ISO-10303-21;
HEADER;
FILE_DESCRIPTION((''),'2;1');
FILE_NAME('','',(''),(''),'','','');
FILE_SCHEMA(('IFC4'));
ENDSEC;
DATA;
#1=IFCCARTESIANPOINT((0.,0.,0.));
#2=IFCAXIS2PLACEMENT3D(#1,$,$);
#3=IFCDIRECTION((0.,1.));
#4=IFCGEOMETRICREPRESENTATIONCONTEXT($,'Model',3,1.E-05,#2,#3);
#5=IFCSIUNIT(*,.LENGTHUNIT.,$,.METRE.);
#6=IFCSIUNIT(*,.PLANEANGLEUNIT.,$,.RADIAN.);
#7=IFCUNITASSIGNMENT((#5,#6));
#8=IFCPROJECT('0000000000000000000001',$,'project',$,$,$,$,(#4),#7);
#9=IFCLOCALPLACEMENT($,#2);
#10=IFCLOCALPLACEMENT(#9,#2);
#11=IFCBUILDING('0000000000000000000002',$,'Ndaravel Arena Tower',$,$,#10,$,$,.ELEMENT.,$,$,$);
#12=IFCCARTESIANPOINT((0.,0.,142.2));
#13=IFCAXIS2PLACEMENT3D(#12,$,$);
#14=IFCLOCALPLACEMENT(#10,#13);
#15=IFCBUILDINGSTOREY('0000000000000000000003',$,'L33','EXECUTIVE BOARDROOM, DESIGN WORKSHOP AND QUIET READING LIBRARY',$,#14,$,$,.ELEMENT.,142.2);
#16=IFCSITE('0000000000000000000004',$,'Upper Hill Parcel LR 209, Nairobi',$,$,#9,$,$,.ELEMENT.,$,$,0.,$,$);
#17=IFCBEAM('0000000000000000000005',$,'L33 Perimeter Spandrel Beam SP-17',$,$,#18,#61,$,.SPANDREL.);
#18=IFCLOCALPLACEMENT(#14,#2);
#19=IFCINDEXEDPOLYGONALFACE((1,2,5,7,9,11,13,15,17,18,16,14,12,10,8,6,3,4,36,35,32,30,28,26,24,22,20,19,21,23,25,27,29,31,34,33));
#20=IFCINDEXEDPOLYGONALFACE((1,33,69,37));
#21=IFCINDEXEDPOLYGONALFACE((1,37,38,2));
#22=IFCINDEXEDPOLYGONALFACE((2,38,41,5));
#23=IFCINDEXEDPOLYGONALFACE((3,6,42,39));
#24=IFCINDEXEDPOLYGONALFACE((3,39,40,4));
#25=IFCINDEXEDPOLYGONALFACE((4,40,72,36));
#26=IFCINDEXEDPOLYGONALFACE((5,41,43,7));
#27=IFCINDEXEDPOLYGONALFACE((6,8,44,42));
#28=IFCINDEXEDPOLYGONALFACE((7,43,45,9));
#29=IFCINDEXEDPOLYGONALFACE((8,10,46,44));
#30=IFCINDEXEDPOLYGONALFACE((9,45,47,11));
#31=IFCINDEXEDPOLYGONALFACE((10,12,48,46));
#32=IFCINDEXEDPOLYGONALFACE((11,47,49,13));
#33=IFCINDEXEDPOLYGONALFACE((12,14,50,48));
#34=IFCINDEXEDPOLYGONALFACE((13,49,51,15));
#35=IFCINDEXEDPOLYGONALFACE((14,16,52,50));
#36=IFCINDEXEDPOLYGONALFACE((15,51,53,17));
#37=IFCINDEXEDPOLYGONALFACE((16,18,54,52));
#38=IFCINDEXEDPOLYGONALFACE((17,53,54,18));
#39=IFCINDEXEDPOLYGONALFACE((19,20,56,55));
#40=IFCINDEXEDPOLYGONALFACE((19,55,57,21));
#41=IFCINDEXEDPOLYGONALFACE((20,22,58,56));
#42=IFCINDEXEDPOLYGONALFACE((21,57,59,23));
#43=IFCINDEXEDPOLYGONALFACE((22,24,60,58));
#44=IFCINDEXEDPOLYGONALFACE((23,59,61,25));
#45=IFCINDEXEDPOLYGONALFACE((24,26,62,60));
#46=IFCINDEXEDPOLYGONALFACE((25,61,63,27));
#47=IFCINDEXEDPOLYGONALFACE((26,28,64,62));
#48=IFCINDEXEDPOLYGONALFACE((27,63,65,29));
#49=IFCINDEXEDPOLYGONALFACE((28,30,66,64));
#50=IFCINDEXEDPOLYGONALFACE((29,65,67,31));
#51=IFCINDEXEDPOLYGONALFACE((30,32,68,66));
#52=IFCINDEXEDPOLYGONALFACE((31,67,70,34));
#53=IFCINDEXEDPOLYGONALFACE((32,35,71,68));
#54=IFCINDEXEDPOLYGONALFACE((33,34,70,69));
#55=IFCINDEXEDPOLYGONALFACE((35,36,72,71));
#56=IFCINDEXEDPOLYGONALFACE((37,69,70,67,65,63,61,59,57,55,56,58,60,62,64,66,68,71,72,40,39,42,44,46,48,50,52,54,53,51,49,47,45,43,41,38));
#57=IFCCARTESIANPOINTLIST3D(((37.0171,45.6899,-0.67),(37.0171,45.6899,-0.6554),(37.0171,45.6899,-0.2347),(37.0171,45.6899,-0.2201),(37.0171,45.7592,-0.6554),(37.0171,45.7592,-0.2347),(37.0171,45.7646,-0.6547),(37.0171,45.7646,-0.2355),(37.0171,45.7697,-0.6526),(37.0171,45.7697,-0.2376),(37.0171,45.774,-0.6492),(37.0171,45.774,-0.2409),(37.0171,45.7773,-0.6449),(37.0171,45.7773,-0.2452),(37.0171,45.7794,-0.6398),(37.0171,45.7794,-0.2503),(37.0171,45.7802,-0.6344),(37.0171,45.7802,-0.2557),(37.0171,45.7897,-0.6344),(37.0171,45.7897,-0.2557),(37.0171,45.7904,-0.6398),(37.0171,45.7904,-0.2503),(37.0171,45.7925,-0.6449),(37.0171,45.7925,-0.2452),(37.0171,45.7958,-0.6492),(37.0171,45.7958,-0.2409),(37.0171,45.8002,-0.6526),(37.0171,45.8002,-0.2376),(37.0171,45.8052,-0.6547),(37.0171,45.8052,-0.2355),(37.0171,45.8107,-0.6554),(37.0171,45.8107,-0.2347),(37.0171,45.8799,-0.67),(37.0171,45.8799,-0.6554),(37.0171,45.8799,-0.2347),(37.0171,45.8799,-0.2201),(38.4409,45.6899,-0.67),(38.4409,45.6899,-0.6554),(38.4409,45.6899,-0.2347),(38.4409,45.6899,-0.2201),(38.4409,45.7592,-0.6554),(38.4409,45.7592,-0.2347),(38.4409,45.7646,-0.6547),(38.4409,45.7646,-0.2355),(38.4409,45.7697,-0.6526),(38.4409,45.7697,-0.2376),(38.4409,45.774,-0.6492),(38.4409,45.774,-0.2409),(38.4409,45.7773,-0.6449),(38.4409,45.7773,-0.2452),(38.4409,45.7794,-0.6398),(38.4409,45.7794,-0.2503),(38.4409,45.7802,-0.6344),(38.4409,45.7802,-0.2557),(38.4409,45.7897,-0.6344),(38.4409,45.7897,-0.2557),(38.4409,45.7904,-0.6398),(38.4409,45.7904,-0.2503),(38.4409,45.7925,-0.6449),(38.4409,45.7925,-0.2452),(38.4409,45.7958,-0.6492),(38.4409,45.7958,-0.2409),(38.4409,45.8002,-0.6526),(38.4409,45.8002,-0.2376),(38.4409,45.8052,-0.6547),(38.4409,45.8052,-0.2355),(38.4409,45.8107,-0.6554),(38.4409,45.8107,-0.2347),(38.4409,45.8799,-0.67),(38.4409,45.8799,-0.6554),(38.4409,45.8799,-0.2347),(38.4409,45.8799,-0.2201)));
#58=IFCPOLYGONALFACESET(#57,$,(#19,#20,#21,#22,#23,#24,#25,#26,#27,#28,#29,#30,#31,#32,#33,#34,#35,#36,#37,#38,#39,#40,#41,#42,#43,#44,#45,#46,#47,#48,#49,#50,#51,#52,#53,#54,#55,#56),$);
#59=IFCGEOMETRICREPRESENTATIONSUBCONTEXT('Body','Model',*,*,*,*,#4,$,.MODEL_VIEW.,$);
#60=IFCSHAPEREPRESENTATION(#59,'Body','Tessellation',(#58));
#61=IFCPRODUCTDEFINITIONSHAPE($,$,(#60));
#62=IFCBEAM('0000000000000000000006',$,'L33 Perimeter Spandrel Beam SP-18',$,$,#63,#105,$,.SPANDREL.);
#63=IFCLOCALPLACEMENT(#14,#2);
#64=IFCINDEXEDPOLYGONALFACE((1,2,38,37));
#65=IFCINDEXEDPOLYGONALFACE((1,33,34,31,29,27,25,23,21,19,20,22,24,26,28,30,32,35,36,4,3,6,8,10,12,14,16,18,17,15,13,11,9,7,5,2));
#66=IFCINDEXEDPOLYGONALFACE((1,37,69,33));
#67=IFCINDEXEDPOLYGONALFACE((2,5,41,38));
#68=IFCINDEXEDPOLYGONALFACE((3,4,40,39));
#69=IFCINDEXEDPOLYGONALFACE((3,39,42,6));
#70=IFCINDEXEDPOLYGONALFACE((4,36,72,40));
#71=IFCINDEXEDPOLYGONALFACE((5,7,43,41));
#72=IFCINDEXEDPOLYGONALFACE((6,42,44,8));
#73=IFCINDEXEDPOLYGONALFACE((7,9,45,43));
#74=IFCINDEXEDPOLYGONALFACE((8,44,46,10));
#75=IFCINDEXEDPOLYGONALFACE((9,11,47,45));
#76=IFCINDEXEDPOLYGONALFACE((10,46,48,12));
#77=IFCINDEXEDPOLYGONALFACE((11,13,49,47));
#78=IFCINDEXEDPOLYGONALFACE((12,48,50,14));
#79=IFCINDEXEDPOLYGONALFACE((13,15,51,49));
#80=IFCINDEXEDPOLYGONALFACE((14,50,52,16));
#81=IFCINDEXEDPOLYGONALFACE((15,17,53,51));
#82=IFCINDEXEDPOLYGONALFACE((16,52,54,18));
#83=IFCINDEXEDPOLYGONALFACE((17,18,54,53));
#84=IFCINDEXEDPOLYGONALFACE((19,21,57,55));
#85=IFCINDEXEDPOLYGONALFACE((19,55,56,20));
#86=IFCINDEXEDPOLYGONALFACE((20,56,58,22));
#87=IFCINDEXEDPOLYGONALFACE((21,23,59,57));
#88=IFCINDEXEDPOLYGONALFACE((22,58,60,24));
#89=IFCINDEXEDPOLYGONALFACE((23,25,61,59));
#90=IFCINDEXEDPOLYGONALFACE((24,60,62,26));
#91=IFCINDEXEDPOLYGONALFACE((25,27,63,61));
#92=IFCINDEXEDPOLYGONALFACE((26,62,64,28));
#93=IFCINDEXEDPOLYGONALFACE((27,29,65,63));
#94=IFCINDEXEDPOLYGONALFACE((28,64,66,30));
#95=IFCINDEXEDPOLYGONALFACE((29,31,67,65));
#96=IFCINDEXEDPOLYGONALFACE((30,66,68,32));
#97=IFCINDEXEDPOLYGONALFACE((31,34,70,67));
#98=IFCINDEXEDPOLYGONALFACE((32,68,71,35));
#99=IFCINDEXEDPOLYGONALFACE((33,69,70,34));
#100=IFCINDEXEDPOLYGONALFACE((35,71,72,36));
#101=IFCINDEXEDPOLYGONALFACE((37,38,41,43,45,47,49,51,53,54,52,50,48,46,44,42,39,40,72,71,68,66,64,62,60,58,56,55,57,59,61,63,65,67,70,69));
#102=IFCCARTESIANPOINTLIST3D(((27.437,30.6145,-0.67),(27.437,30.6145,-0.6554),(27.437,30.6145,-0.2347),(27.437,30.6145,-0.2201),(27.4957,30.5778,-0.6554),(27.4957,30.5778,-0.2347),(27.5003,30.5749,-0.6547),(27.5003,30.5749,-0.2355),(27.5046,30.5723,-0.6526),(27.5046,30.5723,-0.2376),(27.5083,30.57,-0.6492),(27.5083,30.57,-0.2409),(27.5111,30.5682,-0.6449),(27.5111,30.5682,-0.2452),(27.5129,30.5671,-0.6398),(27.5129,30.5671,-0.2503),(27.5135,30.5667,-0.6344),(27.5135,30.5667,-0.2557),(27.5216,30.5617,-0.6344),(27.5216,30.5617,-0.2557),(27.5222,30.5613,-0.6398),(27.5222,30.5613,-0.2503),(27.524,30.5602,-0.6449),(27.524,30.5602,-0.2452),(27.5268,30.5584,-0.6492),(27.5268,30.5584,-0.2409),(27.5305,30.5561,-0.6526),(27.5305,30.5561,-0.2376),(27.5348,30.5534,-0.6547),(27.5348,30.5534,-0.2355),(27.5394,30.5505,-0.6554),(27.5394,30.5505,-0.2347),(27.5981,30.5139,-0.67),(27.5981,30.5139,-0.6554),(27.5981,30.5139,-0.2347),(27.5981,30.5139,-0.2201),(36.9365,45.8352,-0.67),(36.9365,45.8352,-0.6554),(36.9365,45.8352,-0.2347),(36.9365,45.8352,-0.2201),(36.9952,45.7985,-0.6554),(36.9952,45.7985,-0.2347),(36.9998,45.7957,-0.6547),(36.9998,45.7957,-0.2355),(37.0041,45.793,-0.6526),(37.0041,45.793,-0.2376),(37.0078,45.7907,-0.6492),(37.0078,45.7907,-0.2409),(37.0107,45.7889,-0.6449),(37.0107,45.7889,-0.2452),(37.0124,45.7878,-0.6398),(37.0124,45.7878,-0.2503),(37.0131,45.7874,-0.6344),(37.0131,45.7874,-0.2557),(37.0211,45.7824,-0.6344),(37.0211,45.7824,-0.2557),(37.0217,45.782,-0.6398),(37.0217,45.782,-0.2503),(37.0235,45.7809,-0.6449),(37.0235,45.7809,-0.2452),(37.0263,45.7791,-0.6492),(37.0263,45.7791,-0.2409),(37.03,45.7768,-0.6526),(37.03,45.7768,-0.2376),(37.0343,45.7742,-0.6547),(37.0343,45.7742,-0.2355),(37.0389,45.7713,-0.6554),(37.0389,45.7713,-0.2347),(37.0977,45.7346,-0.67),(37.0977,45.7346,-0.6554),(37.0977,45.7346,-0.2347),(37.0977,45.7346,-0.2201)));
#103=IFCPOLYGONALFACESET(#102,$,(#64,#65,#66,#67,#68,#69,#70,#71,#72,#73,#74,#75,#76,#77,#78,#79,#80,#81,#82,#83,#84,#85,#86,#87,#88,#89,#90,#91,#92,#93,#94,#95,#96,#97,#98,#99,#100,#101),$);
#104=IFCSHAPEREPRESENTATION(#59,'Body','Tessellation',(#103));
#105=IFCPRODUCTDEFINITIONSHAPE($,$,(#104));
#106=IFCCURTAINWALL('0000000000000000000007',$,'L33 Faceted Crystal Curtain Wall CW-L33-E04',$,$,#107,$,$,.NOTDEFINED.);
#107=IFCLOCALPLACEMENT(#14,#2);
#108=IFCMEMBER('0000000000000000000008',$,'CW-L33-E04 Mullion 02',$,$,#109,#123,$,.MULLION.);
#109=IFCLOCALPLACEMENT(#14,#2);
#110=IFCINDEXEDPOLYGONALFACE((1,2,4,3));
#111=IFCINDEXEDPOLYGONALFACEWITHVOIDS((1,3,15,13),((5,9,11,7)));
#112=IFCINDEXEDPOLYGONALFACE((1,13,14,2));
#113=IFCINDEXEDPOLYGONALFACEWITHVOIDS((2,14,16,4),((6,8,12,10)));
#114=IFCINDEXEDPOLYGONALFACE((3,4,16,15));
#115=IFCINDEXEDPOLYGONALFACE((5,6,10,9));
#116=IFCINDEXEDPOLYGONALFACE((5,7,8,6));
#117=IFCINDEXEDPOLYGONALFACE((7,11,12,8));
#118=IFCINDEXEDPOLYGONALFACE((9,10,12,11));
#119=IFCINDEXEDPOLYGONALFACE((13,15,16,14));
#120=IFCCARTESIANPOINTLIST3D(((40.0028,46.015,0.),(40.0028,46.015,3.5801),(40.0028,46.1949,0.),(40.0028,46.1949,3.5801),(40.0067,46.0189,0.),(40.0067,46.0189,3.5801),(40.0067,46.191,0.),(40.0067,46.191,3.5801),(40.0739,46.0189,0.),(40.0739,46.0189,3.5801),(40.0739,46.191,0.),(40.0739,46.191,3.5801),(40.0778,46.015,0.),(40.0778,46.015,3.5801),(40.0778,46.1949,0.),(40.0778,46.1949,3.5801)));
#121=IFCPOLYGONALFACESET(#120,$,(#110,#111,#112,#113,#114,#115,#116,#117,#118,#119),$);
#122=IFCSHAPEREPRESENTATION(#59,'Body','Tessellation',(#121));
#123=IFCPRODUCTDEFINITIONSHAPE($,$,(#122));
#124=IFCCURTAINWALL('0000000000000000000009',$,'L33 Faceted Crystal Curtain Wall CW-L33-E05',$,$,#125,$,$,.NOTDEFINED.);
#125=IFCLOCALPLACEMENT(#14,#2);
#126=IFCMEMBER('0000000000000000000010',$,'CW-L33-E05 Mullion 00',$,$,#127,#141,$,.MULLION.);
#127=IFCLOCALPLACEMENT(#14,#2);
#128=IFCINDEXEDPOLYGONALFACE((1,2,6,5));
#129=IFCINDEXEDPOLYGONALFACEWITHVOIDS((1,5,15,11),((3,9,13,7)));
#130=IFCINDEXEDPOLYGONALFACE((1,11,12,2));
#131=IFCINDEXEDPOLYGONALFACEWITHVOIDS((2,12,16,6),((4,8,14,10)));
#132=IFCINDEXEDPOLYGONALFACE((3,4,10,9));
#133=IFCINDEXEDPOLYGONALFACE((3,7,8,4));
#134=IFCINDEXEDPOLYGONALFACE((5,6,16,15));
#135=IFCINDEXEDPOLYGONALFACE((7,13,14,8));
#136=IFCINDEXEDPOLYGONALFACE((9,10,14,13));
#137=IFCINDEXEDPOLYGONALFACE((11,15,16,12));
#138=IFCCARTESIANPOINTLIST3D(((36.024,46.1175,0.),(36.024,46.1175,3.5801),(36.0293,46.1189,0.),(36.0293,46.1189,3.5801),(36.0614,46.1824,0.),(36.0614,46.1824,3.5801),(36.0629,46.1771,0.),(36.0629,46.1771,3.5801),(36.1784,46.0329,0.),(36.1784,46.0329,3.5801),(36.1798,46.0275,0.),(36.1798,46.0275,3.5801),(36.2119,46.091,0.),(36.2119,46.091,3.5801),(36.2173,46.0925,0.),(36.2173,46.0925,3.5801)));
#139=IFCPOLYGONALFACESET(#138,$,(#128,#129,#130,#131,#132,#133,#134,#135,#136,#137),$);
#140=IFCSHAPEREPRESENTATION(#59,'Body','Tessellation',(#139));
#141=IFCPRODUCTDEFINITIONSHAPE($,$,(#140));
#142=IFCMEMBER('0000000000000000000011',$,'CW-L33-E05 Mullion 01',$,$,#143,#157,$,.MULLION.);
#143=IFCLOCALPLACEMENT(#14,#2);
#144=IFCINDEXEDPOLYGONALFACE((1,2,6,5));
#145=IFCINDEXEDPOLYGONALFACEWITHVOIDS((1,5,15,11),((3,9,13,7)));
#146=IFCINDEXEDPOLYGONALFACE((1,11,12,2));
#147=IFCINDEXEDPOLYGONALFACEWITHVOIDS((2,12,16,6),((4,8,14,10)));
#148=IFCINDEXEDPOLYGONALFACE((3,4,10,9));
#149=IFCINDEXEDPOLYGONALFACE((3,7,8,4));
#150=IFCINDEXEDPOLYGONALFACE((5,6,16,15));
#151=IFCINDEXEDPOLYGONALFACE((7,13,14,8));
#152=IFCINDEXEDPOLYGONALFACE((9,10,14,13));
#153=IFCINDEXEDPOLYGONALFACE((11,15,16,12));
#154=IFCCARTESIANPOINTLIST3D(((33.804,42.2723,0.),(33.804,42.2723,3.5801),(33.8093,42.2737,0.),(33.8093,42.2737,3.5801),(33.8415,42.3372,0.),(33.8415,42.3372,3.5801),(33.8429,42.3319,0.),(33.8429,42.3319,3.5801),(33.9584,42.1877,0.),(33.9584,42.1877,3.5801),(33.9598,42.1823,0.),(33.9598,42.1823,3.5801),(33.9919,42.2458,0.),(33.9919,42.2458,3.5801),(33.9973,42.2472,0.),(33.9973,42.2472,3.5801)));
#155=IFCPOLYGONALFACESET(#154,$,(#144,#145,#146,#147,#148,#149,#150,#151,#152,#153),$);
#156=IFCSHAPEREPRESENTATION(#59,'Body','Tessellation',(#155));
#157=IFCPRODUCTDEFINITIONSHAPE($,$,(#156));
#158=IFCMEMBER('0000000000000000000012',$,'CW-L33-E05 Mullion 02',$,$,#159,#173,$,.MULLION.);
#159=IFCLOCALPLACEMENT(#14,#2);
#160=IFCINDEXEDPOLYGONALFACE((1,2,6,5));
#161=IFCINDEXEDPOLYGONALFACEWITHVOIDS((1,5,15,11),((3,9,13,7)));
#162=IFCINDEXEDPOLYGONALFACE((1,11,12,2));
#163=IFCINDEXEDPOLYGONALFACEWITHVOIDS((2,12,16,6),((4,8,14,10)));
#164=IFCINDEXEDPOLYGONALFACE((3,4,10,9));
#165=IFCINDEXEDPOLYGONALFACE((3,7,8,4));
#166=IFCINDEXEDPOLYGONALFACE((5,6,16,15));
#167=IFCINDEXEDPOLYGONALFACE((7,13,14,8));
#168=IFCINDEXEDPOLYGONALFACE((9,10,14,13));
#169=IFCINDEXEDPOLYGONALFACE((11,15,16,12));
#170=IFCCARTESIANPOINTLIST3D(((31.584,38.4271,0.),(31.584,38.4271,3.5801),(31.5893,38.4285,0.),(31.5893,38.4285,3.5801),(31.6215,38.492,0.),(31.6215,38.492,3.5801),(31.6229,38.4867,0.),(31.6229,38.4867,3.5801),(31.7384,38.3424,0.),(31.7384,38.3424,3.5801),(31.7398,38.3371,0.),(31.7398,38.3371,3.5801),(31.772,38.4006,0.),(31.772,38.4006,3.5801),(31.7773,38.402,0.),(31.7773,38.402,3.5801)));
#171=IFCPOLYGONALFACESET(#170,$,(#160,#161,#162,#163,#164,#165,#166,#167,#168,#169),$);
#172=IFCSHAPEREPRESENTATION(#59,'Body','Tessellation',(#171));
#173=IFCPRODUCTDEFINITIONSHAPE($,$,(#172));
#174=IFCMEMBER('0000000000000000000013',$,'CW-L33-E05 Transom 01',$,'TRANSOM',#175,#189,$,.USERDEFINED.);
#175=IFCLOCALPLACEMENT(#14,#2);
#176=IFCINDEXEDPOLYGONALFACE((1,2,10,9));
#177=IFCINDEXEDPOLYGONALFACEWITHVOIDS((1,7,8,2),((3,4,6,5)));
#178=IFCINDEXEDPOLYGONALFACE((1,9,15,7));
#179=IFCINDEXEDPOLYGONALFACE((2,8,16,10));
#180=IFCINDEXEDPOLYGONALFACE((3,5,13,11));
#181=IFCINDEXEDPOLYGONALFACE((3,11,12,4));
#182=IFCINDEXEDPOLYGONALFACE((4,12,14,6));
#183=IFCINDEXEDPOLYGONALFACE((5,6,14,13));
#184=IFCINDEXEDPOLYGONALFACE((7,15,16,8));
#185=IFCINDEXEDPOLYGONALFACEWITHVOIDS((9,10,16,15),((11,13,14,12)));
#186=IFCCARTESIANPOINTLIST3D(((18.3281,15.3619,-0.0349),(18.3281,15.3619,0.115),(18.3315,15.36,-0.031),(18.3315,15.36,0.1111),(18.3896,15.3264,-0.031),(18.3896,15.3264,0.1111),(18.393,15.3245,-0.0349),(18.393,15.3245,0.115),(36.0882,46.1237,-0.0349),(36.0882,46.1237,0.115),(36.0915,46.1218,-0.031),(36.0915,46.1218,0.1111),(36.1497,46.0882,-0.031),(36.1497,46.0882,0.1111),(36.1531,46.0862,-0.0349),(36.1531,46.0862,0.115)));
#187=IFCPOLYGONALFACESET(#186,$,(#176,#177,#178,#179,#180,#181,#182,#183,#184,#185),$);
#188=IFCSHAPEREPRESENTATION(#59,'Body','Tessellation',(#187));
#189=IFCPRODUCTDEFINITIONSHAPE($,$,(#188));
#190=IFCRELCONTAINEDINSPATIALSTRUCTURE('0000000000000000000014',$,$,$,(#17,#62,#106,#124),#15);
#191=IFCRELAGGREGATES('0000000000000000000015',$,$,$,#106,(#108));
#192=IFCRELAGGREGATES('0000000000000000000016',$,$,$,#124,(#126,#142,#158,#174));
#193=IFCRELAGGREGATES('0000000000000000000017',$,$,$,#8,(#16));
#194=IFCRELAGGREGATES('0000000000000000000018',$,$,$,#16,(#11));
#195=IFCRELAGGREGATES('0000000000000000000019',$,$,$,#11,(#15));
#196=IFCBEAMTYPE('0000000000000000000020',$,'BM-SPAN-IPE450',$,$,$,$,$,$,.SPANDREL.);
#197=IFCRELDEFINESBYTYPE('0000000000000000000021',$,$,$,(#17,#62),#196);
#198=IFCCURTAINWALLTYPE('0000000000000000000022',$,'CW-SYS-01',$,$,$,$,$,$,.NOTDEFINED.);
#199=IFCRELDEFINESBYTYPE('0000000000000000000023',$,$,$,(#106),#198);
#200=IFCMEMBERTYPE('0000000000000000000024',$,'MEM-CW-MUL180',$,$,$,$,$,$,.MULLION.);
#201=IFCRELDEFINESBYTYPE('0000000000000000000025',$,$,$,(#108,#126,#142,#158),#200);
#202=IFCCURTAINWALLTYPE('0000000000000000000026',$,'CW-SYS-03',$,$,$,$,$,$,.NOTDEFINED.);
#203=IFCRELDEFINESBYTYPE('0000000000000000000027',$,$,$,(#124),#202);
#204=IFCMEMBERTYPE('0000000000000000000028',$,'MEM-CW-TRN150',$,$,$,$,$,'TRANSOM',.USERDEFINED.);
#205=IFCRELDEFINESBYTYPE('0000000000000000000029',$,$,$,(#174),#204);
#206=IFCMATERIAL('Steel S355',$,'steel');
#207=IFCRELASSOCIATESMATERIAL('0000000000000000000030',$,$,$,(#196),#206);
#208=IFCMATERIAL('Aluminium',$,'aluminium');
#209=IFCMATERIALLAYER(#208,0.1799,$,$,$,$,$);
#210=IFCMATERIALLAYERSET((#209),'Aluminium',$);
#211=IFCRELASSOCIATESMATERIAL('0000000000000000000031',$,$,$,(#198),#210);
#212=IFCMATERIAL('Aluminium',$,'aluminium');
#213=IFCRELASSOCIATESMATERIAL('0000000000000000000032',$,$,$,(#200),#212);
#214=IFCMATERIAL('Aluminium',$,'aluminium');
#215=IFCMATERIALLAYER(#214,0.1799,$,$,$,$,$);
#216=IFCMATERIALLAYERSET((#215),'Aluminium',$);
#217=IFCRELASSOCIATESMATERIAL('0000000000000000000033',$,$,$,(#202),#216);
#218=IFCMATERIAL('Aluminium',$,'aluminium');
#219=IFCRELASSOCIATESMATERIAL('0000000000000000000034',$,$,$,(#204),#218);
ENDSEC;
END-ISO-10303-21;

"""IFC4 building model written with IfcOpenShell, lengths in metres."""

from ifc_helpers import new_model, si_unit, direction, frame, origin, origin_2d, place, context, subcontext, project, spatial, hollow_rectangle, i_section, extrude, material, layer, layer_set, material_profile, profile_set, type_object, element, aggregate, save


model = new_model("IFC4")

# Units and contexts
model_context = context("Model", 3, precision=1e-05, world=origin(), true_north=direction((0.0, 1.0)))
body_context = subcontext(model_context, "Body", "Model", "MODEL_VIEW")
ifc_project = project(units=[si_unit("LENGTHUNIT", "METRE"), si_unit("PLANEANGLEUNIT", "RADIAN")], contexts=[model_context])

# Site, building, storey
site_placement = place(None, origin())
site = spatial("IfcSite", under=ifc_project, at=site_placement, Name="Upper Hill Parcel LR 209, Nairobi", CompositionType="ELEMENT", RefElevation=0.0)
building_placement = place(site_placement, origin())
building = spatial("IfcBuilding", under=site, at=building_placement, Name="Ndaravel Arena Tower", CompositionType="ELEMENT")
storey_placement = place(building_placement, frame((0.0, 0.0, 142.2)))
storey = spatial("IfcBuildingStorey", under=building, at=storey_placement, Name="L33", Description="EXECUTIVE BOARDROOM, DESIGN WORKSHOP AND QUIET READING LIBRARY", CompositionType="ELEMENT", Elevation=142.2)

# Beams
ifc_material_1 = material(Name="Steel S355", Category="steel")
ifc_material_profile_1 = material_profile(ifc_material_1, i_section(OverallWidth=0.1899, OverallDepth=0.45, WebThickness=0.0095, FlangeThickness=0.0146, FilletRadius=0.021, at=origin_2d()), Name="IPE 450")
ifc_profile_set_1 = profile_set([ifc_material_profile_1], Name="Steel S355")
beam_type_1 = type_object("IfcBeamType", Name="BM-SPAN-IPE450", PredefinedType="SPANDREL", material=ifc_profile_set_1)
beam_1_placement = place(storey_placement, frame((38.4409, 45.7849, -0.4451), z_axis=(-1.0, 0.0, 0.0), x_axis=(0.0, -1.0, 0.0)))
element("IfcBeam", 1, at=beam_1_placement, inside=storey, type_object=beam_type_1, Name="L33 Perimeter Spandrel Beam SP-17", PredefinedType="SPANDREL", context=body_context, shape_type="SweptSolid", body=[
    extrude(i_section(OverallWidth=0.1899, OverallDepth=0.45, WebThickness=0.0095, FlangeThickness=0.0146, FilletRadius=0.021, at=origin_2d()), origin(), (0.0, 0.0, 1.0), 1.4238),
])
beam_2_placement = place(storey_placement, frame((37.0171, 45.7849, -0.4451), z_axis=(-0.529461, -0.848334, 0.0), x_axis=(0.848334, -0.529461, 0.0)))
element("IfcBeam", 2, at=beam_2_placement, inside=storey, type_object=beam_type_1, Name="L33 Perimeter Spandrel Beam SP-18", PredefinedType="SPANDREL", context=body_context, shape_type="SweptSolid", body=[
    extrude(i_section(OverallWidth=0.1899, OverallDepth=0.45, WebThickness=0.0095, FlangeThickness=0.0146, FilletRadius=0.021, at=origin_2d()), origin(), (0.0, 0.0, 1.0), 17.9419),
])

# Curtain wall, member
ifc_material_2 = material(Name="Aluminium", Category="aluminium")
ifc_layer_1 = layer(ifc_material_2, 0.1799)
ifc_layer_set_1 = layer_set([ifc_layer_1], Name="Aluminium")
curtain_wall_type_1 = type_object("IfcCurtainWallType", Name="CW-SYS-01", PredefinedType="NOTDEFINED", material=ifc_layer_set_1)
curtain_wall_1_placement = place(storey_placement, origin())
curtain_wall_1 = element("IfcCurtainWall", 3, at=curtain_wall_1_placement, inside=storey, type_object=curtain_wall_type_1, Name="L33 Faceted Crystal Curtain Wall CW-L33-E04", PredefinedType="NOTDEFINED")
ifc_material_3 = material(Name="Aluminium", Category="aluminium")
ifc_material_profile_2 = material_profile(ifc_material_3, hollow_rectangle(XDim=0.075, YDim=0.1799, WallThickness=0.0039, at=origin_2d()), Name="CW MULLION 75x180x4")
ifc_profile_set_2 = profile_set([ifc_material_profile_2], Name="Aluminium")
member_type_1 = type_object("IfcMemberType", Name="MEM-CW-MUL180", PredefinedType="MULLION", material=ifc_profile_set_2)
member_1_placement = place(storey_placement, frame((40.0403, 46.105, 0.0), z_axis=(0.0, 0.0, 1.0), x_axis=(-1.0, 0.0, 0.0)))
member_1 = element("IfcMember", 4, at=member_1_placement, type_object=member_type_1, Name="CW-L33-E04 Mullion 02", PredefinedType="MULLION", context=body_context, shape_type="SweptSolid", body=[
    extrude(hollow_rectangle(XDim=0.075, YDim=0.1799, WallThickness=0.0039, at=origin_2d()), origin(), (0.0, 0.0, 1.0), 3.5801),
])

# Curtain wall, members
ifc_material_4 = material(Name="Aluminium", Category="aluminium")
ifc_layer_2 = layer(ifc_material_4, 0.1799)
ifc_layer_set_2 = layer_set([ifc_layer_2], Name="Aluminium")
curtain_wall_type_2 = type_object("IfcCurtainWallType", Name="CW-SYS-03", PredefinedType="NOTDEFINED", material=ifc_layer_set_2)
curtain_wall_2_placement = place(storey_placement, origin())
curtain_wall_2 = element("IfcCurtainWall", 5, at=curtain_wall_2_placement, inside=storey, type_object=curtain_wall_type_2, Name="L33 Faceted Crystal Curtain Wall CW-L33-E05", PredefinedType="NOTDEFINED")
member_2_placement = place(storey_placement, frame((36.1206, 46.105, 0.0), z_axis=(0.0, 0.0, 1.0), x_axis=(-0.5, -0.866025, 0.0)))
member_2 = element("IfcMember", 6, at=member_2_placement, type_object=member_type_1, Name="CW-L33-E05 Mullion 00", PredefinedType="MULLION", context=body_context, shape_type="SweptSolid", body=[
    extrude(hollow_rectangle(XDim=0.075, YDim=0.1799, WallThickness=0.0039, at=origin_2d()), origin(), (0.0, 0.0, 1.0), 3.5801),
])
member_3_placement = place(storey_placement, frame((33.9006, 42.2598, 0.0), z_axis=(0.0, 0.0, 1.0), x_axis=(-0.5, -0.866025, 0.0)))
member_3 = element("IfcMember", 7, at=member_3_placement, type_object=member_type_1, Name="CW-L33-E05 Mullion 01", PredefinedType="MULLION", context=body_context, shape_type="SweptSolid", body=[
    extrude(hollow_rectangle(XDim=0.075, YDim=0.1799, WallThickness=0.0039, at=origin_2d()), origin(), (0.0, 0.0, 1.0), 3.5801),
])
member_4_placement = place(storey_placement, frame((31.6807, 38.4146, 0.0), z_axis=(0.0, 0.0, 1.0), x_axis=(-0.5, -0.866025, 0.0)))
member_4 = element("IfcMember", 8, at=member_4_placement, type_object=member_type_1, Name="CW-L33-E05 Mullion 02", PredefinedType="MULLION", context=body_context, shape_type="SweptSolid", body=[
    extrude(hollow_rectangle(XDim=0.075, YDim=0.1799, WallThickness=0.0039, at=origin_2d()), origin(), (0.0, 0.0, 1.0), 3.5801),
])
ifc_material_5 = material(Name="Aluminium", Category="aluminium")
ifc_material_profile_3 = material_profile(ifc_material_5, hollow_rectangle(XDim=0.075, YDim=0.1499, WallThickness=0.0039, at=origin_2d()), Name="CW TRANSOM 75x150x4")
ifc_profile_set_3 = profile_set([ifc_material_profile_3], Name="Aluminium")
member_type_2 = type_object("IfcMemberType", Name="MEM-CW-TRN150", ElementType="TRANSOM", PredefinedType="USERDEFINED", material=ifc_profile_set_3)
member_5_placement = place(storey_placement, frame((36.1206, 46.105, 0.04), z_axis=(-0.499994, -0.866029, 0.0), x_axis=(0.866029, -0.499994, 0.0)))
member_5 = element("IfcMember", 9, at=member_5_placement, type_object=member_type_2, Name="CW-L33-E05 Transom 01", ObjectType="TRANSOM", PredefinedType="USERDEFINED", context=body_context, shape_type="SweptSolid", body=[
    extrude(hollow_rectangle(XDim=0.075, YDim=0.1499, WallThickness=0.0039, at=origin_2d()), origin(), (0.0, 0.0, 1.0), 35.5205),
])

aggregate(curtain_wall_1, [member_1])
aggregate(curtain_wall_2, [member_2, member_3, member_4, member_5])

save(model, "model.ifc")
